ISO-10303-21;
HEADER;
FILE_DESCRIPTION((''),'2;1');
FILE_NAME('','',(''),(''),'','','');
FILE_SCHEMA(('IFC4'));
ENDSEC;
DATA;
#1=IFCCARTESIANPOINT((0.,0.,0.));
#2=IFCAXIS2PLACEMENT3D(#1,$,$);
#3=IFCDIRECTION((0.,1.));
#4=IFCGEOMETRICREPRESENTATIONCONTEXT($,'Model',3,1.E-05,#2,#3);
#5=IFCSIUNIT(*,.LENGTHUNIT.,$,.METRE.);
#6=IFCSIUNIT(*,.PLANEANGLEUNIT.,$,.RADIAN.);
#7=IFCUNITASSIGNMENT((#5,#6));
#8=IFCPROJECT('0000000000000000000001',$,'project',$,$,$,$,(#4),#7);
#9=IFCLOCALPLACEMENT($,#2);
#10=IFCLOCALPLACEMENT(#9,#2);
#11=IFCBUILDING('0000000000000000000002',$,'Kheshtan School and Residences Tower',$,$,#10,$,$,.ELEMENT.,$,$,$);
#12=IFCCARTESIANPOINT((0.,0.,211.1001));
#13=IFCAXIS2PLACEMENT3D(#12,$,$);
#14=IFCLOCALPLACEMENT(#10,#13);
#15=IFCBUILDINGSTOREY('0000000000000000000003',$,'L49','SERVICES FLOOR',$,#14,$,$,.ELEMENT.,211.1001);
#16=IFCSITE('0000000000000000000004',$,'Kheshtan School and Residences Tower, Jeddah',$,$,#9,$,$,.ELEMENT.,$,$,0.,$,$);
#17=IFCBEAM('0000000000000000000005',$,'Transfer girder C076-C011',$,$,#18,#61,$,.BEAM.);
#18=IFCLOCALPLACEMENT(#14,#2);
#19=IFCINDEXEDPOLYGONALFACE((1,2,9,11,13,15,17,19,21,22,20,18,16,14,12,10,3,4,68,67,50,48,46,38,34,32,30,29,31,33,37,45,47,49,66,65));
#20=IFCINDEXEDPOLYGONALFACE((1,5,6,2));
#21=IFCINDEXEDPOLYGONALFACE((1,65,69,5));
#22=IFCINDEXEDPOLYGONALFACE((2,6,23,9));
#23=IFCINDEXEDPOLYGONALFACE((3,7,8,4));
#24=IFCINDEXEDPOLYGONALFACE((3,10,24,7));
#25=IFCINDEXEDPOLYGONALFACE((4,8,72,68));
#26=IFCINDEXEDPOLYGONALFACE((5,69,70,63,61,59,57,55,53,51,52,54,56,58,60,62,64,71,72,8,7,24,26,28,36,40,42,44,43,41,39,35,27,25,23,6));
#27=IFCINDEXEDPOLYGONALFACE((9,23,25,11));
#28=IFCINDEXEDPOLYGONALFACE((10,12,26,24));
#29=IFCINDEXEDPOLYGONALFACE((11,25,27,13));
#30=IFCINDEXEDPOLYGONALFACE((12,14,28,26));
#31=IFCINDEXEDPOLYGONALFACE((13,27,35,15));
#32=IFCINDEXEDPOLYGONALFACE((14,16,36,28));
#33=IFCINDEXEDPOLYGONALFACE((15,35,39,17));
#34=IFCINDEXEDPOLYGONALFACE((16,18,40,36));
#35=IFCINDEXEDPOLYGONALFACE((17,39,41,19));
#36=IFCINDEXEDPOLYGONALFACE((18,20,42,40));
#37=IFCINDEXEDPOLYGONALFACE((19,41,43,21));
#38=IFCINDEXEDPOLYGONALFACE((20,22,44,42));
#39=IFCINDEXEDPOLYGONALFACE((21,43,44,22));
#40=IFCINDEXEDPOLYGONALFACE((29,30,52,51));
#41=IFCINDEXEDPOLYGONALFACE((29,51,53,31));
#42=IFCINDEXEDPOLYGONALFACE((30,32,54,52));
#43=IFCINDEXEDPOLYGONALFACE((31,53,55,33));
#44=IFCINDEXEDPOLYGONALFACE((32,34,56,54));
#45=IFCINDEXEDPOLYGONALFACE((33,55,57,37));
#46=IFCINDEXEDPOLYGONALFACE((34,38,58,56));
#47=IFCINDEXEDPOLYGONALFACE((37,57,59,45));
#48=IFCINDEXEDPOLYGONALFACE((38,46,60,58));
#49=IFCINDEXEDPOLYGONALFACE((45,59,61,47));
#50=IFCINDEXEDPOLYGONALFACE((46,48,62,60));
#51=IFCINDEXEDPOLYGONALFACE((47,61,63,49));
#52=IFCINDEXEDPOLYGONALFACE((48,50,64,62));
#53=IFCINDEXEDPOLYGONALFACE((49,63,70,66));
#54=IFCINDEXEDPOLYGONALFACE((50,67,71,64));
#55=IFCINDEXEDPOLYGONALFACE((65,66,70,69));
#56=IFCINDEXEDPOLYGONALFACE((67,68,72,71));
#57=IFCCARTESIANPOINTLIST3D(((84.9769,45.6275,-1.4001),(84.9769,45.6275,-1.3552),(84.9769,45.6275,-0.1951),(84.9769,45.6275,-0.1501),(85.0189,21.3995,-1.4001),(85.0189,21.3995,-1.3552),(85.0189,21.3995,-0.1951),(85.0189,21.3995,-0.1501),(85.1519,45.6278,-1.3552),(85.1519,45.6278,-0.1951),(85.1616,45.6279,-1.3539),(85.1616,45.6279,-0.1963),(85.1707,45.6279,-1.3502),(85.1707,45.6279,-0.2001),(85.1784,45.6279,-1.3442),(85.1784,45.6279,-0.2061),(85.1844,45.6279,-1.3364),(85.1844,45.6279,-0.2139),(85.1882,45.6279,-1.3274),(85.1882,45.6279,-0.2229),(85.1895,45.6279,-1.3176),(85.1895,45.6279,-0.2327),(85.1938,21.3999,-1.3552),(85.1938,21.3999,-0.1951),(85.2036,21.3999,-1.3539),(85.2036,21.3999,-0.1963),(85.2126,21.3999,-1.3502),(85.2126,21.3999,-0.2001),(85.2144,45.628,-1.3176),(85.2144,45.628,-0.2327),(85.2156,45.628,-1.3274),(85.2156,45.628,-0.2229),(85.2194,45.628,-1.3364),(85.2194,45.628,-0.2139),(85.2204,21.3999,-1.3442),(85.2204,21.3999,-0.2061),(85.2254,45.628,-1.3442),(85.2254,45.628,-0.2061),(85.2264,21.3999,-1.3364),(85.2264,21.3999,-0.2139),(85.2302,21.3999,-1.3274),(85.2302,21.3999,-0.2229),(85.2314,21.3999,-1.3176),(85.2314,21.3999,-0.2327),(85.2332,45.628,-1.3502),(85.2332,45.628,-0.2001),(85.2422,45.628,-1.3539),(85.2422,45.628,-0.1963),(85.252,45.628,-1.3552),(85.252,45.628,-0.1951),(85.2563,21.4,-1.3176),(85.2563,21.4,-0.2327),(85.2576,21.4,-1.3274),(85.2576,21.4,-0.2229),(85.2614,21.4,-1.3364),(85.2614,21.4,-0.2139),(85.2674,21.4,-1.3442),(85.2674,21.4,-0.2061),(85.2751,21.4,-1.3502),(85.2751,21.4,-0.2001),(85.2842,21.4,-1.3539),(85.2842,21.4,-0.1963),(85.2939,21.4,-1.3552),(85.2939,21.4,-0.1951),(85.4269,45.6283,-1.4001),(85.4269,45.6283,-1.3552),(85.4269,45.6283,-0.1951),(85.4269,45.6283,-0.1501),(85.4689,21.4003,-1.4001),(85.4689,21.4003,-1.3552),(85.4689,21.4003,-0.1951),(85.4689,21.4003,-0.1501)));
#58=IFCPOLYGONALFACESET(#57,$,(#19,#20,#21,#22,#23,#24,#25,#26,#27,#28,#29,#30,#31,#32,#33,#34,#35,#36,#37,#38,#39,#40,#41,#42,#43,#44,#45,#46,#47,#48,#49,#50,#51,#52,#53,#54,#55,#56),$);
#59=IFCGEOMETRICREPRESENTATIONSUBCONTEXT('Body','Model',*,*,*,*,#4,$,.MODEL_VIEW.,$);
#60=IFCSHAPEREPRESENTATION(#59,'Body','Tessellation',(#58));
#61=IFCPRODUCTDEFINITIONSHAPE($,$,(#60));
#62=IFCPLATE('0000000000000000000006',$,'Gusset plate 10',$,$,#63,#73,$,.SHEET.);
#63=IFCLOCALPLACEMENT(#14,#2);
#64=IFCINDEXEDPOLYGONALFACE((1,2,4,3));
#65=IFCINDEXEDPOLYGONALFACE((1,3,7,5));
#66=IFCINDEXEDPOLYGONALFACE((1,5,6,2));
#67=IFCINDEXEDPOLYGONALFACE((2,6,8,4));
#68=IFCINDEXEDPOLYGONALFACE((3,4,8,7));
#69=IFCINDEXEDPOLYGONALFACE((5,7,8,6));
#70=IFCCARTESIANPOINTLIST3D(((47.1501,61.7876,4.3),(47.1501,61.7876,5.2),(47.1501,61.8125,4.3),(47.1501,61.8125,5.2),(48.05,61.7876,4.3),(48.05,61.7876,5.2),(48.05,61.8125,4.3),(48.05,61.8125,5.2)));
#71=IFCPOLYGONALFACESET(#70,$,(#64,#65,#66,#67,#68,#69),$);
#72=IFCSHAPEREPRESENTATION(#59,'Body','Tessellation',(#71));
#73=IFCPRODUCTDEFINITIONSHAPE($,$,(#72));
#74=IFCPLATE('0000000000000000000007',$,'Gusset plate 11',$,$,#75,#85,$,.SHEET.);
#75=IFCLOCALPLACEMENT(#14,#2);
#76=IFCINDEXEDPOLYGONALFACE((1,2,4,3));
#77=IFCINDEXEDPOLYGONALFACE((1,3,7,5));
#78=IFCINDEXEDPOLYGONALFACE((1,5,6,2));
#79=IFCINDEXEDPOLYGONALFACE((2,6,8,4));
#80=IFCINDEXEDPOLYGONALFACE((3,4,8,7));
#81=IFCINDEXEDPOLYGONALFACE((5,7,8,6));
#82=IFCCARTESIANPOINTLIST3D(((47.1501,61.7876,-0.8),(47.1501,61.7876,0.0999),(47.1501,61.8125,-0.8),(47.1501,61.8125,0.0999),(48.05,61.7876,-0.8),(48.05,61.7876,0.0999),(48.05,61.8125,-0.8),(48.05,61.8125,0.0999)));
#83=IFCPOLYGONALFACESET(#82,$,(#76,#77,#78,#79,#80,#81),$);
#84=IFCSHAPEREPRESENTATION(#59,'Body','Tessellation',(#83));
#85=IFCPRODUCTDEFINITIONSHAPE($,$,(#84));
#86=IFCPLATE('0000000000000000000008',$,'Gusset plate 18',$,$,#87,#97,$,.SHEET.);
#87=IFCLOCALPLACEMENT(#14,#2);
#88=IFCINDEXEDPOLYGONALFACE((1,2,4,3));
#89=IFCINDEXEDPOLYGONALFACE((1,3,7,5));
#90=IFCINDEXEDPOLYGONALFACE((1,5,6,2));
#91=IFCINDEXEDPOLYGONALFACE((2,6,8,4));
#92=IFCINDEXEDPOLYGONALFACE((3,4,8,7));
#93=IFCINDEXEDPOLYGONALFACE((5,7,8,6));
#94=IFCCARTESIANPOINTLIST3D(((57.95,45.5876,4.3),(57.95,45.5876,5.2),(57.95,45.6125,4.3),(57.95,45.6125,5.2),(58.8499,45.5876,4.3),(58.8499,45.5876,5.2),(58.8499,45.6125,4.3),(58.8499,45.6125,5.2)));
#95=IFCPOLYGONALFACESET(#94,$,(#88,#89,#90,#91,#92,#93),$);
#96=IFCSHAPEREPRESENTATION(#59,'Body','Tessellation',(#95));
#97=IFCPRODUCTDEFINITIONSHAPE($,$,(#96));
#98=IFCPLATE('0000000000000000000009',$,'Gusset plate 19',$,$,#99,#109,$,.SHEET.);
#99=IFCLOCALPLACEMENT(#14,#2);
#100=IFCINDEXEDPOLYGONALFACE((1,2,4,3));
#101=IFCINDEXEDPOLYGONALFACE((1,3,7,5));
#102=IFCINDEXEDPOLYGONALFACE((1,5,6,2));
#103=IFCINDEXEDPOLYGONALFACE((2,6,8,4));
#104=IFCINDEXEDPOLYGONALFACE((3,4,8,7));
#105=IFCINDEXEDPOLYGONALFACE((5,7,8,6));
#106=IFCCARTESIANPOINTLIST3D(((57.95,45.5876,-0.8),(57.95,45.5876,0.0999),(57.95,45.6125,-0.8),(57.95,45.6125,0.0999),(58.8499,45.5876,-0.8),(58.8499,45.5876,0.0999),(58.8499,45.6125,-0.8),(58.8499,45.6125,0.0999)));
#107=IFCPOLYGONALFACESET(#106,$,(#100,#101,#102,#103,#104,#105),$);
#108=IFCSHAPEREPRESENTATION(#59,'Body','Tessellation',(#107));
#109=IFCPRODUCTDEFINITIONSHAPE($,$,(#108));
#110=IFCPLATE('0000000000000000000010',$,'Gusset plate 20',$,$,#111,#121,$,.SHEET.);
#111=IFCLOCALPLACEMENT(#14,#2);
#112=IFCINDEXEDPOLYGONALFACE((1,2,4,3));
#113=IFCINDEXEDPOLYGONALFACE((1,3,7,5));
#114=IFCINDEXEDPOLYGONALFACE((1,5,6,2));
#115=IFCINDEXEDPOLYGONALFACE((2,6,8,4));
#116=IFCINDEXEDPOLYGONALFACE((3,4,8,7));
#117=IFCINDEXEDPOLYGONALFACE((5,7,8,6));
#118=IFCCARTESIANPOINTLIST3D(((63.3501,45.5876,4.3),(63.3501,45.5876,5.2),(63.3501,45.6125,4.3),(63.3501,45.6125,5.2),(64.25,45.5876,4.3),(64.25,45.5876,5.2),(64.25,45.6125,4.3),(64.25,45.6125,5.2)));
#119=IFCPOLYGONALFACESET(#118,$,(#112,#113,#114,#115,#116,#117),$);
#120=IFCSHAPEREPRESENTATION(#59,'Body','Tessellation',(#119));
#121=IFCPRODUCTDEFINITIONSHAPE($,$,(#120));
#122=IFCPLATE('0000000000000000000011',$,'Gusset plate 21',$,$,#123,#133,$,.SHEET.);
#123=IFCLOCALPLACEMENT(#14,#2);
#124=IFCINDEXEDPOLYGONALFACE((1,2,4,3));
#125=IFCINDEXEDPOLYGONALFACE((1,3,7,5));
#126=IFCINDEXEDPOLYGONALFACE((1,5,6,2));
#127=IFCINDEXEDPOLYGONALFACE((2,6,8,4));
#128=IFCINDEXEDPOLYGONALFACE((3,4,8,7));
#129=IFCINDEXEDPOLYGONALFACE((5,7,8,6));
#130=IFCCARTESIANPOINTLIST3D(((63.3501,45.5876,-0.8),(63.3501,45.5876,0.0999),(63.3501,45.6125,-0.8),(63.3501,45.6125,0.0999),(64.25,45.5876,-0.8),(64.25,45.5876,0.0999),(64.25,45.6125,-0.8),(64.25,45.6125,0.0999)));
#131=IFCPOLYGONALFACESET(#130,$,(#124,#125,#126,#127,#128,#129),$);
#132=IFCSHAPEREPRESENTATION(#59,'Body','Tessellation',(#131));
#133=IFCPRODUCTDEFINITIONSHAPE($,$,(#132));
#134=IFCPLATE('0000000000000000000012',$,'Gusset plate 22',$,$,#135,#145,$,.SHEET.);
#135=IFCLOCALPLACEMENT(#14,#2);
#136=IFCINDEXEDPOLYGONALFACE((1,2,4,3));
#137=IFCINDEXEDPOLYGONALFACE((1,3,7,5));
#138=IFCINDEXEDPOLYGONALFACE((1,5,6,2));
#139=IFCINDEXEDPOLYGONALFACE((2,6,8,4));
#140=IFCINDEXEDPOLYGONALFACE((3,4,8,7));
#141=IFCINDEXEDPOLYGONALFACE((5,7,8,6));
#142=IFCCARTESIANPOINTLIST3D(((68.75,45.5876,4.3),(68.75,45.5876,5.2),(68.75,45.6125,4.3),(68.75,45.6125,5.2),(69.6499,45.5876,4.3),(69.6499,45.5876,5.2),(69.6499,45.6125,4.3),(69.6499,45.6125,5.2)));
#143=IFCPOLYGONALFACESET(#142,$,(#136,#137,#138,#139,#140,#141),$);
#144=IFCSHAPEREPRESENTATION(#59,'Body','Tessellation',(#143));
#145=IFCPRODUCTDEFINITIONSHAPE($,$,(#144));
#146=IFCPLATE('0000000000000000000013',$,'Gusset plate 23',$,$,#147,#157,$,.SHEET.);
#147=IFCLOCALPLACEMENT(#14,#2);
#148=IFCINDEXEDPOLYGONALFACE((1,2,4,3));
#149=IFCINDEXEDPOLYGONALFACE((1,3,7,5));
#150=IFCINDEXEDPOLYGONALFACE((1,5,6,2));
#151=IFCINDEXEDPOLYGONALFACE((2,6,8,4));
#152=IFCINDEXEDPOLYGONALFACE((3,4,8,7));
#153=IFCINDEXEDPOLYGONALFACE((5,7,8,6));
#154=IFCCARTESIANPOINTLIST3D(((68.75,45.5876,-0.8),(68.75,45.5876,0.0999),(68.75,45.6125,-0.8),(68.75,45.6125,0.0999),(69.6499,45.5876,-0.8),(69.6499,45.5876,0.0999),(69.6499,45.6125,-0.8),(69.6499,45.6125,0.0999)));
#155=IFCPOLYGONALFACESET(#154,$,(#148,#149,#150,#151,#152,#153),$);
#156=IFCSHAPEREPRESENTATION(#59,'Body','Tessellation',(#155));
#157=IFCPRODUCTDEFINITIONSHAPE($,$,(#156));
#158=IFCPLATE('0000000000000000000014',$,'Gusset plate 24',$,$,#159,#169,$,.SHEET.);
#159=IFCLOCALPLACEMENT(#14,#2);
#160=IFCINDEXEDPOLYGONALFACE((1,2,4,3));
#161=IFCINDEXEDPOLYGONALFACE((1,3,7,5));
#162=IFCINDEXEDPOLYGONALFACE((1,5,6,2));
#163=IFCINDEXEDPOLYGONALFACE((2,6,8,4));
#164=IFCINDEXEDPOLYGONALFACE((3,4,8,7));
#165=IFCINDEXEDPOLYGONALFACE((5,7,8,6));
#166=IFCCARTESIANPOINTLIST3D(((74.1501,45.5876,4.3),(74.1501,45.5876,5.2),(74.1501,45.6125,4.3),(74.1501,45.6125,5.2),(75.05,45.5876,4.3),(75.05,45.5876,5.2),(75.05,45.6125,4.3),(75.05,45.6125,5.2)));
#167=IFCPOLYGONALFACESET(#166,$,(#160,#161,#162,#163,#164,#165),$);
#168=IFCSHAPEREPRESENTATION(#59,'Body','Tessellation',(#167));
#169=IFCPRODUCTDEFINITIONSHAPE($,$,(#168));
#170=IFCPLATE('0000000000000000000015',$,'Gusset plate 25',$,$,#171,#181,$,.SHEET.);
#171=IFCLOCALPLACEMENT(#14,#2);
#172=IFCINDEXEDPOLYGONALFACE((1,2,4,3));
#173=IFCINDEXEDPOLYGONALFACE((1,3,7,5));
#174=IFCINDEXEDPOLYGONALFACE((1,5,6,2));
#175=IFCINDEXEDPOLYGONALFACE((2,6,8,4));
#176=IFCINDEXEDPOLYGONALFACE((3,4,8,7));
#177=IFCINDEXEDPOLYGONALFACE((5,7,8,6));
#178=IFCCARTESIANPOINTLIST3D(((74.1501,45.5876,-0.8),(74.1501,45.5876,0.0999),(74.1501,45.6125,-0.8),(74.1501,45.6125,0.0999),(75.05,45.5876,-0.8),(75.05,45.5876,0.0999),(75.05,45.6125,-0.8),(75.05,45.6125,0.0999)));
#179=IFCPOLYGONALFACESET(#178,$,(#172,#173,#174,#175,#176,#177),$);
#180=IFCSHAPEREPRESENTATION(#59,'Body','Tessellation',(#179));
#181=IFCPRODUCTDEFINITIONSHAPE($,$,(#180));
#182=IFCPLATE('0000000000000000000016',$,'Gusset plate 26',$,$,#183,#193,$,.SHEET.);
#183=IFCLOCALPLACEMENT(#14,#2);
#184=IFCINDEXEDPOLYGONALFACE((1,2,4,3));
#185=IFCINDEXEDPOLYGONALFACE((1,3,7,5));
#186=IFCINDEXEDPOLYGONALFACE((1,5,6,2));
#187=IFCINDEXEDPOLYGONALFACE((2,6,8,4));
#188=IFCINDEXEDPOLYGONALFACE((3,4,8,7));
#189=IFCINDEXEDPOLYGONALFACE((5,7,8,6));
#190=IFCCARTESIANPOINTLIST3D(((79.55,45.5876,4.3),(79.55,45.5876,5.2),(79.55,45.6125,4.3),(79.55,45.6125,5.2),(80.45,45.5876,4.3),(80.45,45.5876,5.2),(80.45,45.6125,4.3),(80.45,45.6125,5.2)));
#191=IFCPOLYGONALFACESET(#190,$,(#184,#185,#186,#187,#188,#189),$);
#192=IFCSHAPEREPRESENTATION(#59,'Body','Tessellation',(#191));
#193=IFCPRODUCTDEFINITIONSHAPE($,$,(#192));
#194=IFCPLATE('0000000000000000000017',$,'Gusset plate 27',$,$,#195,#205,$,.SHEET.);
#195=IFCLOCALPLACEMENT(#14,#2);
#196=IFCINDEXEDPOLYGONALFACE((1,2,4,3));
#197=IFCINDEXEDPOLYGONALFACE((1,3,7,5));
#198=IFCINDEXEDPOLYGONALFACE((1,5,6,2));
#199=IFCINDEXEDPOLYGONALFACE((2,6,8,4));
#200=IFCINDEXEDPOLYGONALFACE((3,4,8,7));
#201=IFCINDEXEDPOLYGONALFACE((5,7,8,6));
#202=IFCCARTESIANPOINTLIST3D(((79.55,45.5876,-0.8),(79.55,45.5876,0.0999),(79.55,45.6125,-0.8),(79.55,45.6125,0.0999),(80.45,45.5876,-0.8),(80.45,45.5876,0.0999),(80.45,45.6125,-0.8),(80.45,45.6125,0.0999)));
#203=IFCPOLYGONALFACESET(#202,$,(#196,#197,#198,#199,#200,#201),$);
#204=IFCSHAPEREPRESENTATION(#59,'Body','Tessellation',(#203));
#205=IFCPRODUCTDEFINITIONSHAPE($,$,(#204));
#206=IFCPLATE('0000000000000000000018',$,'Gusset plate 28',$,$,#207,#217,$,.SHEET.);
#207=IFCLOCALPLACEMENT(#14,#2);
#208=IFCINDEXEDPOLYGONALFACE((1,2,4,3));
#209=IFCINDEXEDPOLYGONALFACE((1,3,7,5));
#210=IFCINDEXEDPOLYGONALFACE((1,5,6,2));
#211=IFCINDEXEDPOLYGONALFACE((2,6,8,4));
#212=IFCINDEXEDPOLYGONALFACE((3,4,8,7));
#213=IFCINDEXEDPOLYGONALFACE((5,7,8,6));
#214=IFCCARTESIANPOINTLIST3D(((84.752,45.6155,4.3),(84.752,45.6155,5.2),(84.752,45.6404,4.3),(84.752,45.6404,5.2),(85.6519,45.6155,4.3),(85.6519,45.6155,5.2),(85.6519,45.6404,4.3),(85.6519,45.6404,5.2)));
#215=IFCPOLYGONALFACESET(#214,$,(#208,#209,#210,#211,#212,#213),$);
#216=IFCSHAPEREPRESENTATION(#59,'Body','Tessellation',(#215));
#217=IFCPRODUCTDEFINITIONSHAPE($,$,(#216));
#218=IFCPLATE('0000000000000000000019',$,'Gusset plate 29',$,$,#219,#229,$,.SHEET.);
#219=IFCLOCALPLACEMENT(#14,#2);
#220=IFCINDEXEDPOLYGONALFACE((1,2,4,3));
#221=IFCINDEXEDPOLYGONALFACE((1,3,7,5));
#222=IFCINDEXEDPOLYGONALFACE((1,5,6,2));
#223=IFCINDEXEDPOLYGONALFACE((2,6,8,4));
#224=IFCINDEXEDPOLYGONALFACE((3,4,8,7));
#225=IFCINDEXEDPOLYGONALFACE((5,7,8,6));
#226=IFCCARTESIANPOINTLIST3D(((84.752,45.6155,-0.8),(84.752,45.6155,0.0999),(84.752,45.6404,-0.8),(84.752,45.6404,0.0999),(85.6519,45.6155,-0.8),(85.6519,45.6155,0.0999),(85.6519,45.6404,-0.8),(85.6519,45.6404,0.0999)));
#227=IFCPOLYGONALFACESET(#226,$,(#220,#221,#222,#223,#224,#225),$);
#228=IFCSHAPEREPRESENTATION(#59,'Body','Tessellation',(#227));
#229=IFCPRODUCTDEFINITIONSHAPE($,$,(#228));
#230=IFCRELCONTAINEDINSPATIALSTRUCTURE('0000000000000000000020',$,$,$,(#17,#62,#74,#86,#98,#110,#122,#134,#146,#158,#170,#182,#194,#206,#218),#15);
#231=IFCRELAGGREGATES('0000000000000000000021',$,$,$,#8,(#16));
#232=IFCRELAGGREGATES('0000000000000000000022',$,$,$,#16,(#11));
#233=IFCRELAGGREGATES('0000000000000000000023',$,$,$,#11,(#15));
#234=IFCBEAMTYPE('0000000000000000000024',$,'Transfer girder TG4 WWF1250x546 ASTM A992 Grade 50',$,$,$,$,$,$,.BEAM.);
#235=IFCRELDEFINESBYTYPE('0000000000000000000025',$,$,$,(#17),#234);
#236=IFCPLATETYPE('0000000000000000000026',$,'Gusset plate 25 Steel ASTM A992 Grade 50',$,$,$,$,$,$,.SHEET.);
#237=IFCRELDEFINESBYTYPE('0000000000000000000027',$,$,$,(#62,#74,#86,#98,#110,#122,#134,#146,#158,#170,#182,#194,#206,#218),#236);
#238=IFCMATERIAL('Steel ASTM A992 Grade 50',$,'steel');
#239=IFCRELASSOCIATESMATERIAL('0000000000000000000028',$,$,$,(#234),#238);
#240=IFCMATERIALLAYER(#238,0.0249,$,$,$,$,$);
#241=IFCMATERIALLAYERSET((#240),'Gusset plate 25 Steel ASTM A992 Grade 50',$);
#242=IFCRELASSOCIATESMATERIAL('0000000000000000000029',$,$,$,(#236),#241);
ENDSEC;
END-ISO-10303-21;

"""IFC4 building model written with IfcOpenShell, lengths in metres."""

from ifc_helpers import new_model, si_unit, direction, frame, origin, origin_2d, place, context, subcontext, project, spatial, rectangle, i_section, extrude, material, layer, layer_set, material_profile, profile_set, type_object, element, save


model = new_model("IFC4")

# Units and contexts
model_context = context("Model", 3, precision=1e-05, world=origin(), true_north=direction((0.0, 1.0)))
body_context = subcontext(model_context, "Body", "Model", "MODEL_VIEW")
ifc_project = project(units=[si_unit("LENGTHUNIT", "METRE"), si_unit("PLANEANGLEUNIT", "RADIAN")], contexts=[model_context])

# Site, building, storey
site_placement = place(None, origin())
site = spatial("IfcSite", under=ifc_project, at=site_placement, Name="Kheshtan School and Residences Tower, Jeddah", CompositionType="ELEMENT", RefElevation=0.0)
building_placement = place(site_placement, origin())
building = spatial("IfcBuilding", under=site, at=building_placement, Name="Kheshtan School and Residences Tower", CompositionType="ELEMENT")
storey_placement = place(building_placement, frame((0.0, 0.0, 211.1001)))
storey = spatial("IfcBuildingStorey", under=building, at=storey_placement, Name="L49", Description="SERVICES FLOOR", CompositionType="ELEMENT", Elevation=211.1001)

# Shared definitions
ifc_material_1 = material(Name="Steel ASTM A992 Grade 50", Category="steel")

# Beam
ifc_material_profile_1 = material_profile(ifc_material_1, i_section(OverallWidth=0.45, OverallDepth=1.25, WebThickness=0.0249, FlangeThickness=0.0449, FilletRadius=0.0376, at=origin_2d()), Name="WWF1250x546")
ifc_profile_set_1 = profile_set([ifc_material_profile_1], Name="Steel ASTM A992 Grade 50")
beam_type_1 = type_object("IfcBeamType", Name="Transfer girder TG4 WWF1250x546 ASTM A992 Grade 50", PredefinedType="BEAM", material=ifc_profile_set_1)
beam_1_placement = place(storey_placement, frame((85.2019, 45.6279, -0.7751), z_axis=(0.001733, -0.999998, 0.0), x_axis=(0.999998, 0.001733, 0.0)))
element("IfcBeam", 1, at=beam_1_placement, inside=storey, type_object=beam_type_1, Name="Transfer girder C076-C011", PredefinedType="BEAM", context=body_context, shape_type="SweptSolid", body=[
    extrude(i_section(OverallWidth=0.45, OverallDepth=1.25, WebThickness=0.0249, FlangeThickness=0.0449, FilletRadius=0.0376, at=origin_2d()), origin(), (0.0, 0.0, 1.0), 24.228),
])

# Plates
ifc_layer_1 = layer(ifc_material_1, 0.0249)
ifc_layer_set_1 = layer_set([ifc_layer_1], Name="Gusset plate 25 Steel ASTM A992 Grade 50")
plate_type = type_object("IfcPlateType", Name="Gusset plate 25 Steel ASTM A992 Grade 50", PredefinedType="SHEET", material=ifc_layer_set_1)
for number, where, z_axis, x_axis, name in (
    (2, (47.6001, 61.8, 4.3), (0.0, 0.0, 1.0), (1.0, 0.0, 0.0), "Gusset plate 10"),
    (3, (47.6001, 61.8, -0.8), (0.0, 0.0, 1.0), (1.0, 0.0, 0.0), "Gusset plate 11"),
    (4, (58.3999, 45.6001, 4.3), (0.0, 0.0, 1.0), (1.0, 0.0, 0.0), "Gusset plate 18"),
    (5, (58.3999, 45.6001, -0.8), (0.0, 0.0, 1.0), (1.0, 0.0, 0.0), "Gusset plate 19"),
    (6, (63.8, 45.6001, 4.3), (0.0, 0.0, 1.0), (1.0, 0.0, 0.0), "Gusset plate 20"),
    (7, (63.8, 45.6001, -0.8), (0.0, 0.0, 1.0), (1.0, 0.0, 0.0), "Gusset plate 21"),
    (8, (69.2, 45.6001, 4.3), (0.0, 0.0, 1.0), (1.0, 0.0, 0.0), "Gusset plate 22"),
    (9, (69.2, 45.6001, -0.8), (0.0, 0.0, 1.0), (1.0, 0.0, 0.0), "Gusset plate 23"),
    (10, (74.6001, 45.6001, 4.3), (0.0, 0.0, 1.0), (1.0, 0.0, 0.0), "Gusset plate 24"),
    (11, (74.6001, 45.6001, -0.8), (0.0, 0.0, 1.0), (1.0, 0.0, 0.0), "Gusset plate 25"),
    (12, (80.0, 45.6001, 4.3), (0.0, 0.0, 1.0), (1.0, 0.0, 0.0), "Gusset plate 26"),
    (13, (80.0, 45.6001, -0.8), (0.0, 0.0, 1.0), (1.0, 0.0, 0.0), "Gusset plate 27"),
    (14, (85.2019, 45.6279, 4.3), (0.0, 0.0, 1.0), (1.0, 0.0, 0.0), "Gusset plate 28"),
    (15, (85.2019, 45.6279, -0.8), (0.0, 0.0, 1.0), (1.0, 0.0, 0.0), "Gusset plate 29"),
):
    element("IfcPlate", number, at=place(storey_placement, frame(where, z_axis=z_axis, x_axis=x_axis)), inside=storey, type_object=plate_type, Name=name, PredefinedType="SHEET", context=body_context, shape_type="SweptSolid", body=[
        extrude(rectangle(XDim=0.8999, YDim=0.0249, at=origin_2d()), origin(), (0.0, 0.0, 1.0), 0.8999),
    ])

save(model, "model.ifc")
